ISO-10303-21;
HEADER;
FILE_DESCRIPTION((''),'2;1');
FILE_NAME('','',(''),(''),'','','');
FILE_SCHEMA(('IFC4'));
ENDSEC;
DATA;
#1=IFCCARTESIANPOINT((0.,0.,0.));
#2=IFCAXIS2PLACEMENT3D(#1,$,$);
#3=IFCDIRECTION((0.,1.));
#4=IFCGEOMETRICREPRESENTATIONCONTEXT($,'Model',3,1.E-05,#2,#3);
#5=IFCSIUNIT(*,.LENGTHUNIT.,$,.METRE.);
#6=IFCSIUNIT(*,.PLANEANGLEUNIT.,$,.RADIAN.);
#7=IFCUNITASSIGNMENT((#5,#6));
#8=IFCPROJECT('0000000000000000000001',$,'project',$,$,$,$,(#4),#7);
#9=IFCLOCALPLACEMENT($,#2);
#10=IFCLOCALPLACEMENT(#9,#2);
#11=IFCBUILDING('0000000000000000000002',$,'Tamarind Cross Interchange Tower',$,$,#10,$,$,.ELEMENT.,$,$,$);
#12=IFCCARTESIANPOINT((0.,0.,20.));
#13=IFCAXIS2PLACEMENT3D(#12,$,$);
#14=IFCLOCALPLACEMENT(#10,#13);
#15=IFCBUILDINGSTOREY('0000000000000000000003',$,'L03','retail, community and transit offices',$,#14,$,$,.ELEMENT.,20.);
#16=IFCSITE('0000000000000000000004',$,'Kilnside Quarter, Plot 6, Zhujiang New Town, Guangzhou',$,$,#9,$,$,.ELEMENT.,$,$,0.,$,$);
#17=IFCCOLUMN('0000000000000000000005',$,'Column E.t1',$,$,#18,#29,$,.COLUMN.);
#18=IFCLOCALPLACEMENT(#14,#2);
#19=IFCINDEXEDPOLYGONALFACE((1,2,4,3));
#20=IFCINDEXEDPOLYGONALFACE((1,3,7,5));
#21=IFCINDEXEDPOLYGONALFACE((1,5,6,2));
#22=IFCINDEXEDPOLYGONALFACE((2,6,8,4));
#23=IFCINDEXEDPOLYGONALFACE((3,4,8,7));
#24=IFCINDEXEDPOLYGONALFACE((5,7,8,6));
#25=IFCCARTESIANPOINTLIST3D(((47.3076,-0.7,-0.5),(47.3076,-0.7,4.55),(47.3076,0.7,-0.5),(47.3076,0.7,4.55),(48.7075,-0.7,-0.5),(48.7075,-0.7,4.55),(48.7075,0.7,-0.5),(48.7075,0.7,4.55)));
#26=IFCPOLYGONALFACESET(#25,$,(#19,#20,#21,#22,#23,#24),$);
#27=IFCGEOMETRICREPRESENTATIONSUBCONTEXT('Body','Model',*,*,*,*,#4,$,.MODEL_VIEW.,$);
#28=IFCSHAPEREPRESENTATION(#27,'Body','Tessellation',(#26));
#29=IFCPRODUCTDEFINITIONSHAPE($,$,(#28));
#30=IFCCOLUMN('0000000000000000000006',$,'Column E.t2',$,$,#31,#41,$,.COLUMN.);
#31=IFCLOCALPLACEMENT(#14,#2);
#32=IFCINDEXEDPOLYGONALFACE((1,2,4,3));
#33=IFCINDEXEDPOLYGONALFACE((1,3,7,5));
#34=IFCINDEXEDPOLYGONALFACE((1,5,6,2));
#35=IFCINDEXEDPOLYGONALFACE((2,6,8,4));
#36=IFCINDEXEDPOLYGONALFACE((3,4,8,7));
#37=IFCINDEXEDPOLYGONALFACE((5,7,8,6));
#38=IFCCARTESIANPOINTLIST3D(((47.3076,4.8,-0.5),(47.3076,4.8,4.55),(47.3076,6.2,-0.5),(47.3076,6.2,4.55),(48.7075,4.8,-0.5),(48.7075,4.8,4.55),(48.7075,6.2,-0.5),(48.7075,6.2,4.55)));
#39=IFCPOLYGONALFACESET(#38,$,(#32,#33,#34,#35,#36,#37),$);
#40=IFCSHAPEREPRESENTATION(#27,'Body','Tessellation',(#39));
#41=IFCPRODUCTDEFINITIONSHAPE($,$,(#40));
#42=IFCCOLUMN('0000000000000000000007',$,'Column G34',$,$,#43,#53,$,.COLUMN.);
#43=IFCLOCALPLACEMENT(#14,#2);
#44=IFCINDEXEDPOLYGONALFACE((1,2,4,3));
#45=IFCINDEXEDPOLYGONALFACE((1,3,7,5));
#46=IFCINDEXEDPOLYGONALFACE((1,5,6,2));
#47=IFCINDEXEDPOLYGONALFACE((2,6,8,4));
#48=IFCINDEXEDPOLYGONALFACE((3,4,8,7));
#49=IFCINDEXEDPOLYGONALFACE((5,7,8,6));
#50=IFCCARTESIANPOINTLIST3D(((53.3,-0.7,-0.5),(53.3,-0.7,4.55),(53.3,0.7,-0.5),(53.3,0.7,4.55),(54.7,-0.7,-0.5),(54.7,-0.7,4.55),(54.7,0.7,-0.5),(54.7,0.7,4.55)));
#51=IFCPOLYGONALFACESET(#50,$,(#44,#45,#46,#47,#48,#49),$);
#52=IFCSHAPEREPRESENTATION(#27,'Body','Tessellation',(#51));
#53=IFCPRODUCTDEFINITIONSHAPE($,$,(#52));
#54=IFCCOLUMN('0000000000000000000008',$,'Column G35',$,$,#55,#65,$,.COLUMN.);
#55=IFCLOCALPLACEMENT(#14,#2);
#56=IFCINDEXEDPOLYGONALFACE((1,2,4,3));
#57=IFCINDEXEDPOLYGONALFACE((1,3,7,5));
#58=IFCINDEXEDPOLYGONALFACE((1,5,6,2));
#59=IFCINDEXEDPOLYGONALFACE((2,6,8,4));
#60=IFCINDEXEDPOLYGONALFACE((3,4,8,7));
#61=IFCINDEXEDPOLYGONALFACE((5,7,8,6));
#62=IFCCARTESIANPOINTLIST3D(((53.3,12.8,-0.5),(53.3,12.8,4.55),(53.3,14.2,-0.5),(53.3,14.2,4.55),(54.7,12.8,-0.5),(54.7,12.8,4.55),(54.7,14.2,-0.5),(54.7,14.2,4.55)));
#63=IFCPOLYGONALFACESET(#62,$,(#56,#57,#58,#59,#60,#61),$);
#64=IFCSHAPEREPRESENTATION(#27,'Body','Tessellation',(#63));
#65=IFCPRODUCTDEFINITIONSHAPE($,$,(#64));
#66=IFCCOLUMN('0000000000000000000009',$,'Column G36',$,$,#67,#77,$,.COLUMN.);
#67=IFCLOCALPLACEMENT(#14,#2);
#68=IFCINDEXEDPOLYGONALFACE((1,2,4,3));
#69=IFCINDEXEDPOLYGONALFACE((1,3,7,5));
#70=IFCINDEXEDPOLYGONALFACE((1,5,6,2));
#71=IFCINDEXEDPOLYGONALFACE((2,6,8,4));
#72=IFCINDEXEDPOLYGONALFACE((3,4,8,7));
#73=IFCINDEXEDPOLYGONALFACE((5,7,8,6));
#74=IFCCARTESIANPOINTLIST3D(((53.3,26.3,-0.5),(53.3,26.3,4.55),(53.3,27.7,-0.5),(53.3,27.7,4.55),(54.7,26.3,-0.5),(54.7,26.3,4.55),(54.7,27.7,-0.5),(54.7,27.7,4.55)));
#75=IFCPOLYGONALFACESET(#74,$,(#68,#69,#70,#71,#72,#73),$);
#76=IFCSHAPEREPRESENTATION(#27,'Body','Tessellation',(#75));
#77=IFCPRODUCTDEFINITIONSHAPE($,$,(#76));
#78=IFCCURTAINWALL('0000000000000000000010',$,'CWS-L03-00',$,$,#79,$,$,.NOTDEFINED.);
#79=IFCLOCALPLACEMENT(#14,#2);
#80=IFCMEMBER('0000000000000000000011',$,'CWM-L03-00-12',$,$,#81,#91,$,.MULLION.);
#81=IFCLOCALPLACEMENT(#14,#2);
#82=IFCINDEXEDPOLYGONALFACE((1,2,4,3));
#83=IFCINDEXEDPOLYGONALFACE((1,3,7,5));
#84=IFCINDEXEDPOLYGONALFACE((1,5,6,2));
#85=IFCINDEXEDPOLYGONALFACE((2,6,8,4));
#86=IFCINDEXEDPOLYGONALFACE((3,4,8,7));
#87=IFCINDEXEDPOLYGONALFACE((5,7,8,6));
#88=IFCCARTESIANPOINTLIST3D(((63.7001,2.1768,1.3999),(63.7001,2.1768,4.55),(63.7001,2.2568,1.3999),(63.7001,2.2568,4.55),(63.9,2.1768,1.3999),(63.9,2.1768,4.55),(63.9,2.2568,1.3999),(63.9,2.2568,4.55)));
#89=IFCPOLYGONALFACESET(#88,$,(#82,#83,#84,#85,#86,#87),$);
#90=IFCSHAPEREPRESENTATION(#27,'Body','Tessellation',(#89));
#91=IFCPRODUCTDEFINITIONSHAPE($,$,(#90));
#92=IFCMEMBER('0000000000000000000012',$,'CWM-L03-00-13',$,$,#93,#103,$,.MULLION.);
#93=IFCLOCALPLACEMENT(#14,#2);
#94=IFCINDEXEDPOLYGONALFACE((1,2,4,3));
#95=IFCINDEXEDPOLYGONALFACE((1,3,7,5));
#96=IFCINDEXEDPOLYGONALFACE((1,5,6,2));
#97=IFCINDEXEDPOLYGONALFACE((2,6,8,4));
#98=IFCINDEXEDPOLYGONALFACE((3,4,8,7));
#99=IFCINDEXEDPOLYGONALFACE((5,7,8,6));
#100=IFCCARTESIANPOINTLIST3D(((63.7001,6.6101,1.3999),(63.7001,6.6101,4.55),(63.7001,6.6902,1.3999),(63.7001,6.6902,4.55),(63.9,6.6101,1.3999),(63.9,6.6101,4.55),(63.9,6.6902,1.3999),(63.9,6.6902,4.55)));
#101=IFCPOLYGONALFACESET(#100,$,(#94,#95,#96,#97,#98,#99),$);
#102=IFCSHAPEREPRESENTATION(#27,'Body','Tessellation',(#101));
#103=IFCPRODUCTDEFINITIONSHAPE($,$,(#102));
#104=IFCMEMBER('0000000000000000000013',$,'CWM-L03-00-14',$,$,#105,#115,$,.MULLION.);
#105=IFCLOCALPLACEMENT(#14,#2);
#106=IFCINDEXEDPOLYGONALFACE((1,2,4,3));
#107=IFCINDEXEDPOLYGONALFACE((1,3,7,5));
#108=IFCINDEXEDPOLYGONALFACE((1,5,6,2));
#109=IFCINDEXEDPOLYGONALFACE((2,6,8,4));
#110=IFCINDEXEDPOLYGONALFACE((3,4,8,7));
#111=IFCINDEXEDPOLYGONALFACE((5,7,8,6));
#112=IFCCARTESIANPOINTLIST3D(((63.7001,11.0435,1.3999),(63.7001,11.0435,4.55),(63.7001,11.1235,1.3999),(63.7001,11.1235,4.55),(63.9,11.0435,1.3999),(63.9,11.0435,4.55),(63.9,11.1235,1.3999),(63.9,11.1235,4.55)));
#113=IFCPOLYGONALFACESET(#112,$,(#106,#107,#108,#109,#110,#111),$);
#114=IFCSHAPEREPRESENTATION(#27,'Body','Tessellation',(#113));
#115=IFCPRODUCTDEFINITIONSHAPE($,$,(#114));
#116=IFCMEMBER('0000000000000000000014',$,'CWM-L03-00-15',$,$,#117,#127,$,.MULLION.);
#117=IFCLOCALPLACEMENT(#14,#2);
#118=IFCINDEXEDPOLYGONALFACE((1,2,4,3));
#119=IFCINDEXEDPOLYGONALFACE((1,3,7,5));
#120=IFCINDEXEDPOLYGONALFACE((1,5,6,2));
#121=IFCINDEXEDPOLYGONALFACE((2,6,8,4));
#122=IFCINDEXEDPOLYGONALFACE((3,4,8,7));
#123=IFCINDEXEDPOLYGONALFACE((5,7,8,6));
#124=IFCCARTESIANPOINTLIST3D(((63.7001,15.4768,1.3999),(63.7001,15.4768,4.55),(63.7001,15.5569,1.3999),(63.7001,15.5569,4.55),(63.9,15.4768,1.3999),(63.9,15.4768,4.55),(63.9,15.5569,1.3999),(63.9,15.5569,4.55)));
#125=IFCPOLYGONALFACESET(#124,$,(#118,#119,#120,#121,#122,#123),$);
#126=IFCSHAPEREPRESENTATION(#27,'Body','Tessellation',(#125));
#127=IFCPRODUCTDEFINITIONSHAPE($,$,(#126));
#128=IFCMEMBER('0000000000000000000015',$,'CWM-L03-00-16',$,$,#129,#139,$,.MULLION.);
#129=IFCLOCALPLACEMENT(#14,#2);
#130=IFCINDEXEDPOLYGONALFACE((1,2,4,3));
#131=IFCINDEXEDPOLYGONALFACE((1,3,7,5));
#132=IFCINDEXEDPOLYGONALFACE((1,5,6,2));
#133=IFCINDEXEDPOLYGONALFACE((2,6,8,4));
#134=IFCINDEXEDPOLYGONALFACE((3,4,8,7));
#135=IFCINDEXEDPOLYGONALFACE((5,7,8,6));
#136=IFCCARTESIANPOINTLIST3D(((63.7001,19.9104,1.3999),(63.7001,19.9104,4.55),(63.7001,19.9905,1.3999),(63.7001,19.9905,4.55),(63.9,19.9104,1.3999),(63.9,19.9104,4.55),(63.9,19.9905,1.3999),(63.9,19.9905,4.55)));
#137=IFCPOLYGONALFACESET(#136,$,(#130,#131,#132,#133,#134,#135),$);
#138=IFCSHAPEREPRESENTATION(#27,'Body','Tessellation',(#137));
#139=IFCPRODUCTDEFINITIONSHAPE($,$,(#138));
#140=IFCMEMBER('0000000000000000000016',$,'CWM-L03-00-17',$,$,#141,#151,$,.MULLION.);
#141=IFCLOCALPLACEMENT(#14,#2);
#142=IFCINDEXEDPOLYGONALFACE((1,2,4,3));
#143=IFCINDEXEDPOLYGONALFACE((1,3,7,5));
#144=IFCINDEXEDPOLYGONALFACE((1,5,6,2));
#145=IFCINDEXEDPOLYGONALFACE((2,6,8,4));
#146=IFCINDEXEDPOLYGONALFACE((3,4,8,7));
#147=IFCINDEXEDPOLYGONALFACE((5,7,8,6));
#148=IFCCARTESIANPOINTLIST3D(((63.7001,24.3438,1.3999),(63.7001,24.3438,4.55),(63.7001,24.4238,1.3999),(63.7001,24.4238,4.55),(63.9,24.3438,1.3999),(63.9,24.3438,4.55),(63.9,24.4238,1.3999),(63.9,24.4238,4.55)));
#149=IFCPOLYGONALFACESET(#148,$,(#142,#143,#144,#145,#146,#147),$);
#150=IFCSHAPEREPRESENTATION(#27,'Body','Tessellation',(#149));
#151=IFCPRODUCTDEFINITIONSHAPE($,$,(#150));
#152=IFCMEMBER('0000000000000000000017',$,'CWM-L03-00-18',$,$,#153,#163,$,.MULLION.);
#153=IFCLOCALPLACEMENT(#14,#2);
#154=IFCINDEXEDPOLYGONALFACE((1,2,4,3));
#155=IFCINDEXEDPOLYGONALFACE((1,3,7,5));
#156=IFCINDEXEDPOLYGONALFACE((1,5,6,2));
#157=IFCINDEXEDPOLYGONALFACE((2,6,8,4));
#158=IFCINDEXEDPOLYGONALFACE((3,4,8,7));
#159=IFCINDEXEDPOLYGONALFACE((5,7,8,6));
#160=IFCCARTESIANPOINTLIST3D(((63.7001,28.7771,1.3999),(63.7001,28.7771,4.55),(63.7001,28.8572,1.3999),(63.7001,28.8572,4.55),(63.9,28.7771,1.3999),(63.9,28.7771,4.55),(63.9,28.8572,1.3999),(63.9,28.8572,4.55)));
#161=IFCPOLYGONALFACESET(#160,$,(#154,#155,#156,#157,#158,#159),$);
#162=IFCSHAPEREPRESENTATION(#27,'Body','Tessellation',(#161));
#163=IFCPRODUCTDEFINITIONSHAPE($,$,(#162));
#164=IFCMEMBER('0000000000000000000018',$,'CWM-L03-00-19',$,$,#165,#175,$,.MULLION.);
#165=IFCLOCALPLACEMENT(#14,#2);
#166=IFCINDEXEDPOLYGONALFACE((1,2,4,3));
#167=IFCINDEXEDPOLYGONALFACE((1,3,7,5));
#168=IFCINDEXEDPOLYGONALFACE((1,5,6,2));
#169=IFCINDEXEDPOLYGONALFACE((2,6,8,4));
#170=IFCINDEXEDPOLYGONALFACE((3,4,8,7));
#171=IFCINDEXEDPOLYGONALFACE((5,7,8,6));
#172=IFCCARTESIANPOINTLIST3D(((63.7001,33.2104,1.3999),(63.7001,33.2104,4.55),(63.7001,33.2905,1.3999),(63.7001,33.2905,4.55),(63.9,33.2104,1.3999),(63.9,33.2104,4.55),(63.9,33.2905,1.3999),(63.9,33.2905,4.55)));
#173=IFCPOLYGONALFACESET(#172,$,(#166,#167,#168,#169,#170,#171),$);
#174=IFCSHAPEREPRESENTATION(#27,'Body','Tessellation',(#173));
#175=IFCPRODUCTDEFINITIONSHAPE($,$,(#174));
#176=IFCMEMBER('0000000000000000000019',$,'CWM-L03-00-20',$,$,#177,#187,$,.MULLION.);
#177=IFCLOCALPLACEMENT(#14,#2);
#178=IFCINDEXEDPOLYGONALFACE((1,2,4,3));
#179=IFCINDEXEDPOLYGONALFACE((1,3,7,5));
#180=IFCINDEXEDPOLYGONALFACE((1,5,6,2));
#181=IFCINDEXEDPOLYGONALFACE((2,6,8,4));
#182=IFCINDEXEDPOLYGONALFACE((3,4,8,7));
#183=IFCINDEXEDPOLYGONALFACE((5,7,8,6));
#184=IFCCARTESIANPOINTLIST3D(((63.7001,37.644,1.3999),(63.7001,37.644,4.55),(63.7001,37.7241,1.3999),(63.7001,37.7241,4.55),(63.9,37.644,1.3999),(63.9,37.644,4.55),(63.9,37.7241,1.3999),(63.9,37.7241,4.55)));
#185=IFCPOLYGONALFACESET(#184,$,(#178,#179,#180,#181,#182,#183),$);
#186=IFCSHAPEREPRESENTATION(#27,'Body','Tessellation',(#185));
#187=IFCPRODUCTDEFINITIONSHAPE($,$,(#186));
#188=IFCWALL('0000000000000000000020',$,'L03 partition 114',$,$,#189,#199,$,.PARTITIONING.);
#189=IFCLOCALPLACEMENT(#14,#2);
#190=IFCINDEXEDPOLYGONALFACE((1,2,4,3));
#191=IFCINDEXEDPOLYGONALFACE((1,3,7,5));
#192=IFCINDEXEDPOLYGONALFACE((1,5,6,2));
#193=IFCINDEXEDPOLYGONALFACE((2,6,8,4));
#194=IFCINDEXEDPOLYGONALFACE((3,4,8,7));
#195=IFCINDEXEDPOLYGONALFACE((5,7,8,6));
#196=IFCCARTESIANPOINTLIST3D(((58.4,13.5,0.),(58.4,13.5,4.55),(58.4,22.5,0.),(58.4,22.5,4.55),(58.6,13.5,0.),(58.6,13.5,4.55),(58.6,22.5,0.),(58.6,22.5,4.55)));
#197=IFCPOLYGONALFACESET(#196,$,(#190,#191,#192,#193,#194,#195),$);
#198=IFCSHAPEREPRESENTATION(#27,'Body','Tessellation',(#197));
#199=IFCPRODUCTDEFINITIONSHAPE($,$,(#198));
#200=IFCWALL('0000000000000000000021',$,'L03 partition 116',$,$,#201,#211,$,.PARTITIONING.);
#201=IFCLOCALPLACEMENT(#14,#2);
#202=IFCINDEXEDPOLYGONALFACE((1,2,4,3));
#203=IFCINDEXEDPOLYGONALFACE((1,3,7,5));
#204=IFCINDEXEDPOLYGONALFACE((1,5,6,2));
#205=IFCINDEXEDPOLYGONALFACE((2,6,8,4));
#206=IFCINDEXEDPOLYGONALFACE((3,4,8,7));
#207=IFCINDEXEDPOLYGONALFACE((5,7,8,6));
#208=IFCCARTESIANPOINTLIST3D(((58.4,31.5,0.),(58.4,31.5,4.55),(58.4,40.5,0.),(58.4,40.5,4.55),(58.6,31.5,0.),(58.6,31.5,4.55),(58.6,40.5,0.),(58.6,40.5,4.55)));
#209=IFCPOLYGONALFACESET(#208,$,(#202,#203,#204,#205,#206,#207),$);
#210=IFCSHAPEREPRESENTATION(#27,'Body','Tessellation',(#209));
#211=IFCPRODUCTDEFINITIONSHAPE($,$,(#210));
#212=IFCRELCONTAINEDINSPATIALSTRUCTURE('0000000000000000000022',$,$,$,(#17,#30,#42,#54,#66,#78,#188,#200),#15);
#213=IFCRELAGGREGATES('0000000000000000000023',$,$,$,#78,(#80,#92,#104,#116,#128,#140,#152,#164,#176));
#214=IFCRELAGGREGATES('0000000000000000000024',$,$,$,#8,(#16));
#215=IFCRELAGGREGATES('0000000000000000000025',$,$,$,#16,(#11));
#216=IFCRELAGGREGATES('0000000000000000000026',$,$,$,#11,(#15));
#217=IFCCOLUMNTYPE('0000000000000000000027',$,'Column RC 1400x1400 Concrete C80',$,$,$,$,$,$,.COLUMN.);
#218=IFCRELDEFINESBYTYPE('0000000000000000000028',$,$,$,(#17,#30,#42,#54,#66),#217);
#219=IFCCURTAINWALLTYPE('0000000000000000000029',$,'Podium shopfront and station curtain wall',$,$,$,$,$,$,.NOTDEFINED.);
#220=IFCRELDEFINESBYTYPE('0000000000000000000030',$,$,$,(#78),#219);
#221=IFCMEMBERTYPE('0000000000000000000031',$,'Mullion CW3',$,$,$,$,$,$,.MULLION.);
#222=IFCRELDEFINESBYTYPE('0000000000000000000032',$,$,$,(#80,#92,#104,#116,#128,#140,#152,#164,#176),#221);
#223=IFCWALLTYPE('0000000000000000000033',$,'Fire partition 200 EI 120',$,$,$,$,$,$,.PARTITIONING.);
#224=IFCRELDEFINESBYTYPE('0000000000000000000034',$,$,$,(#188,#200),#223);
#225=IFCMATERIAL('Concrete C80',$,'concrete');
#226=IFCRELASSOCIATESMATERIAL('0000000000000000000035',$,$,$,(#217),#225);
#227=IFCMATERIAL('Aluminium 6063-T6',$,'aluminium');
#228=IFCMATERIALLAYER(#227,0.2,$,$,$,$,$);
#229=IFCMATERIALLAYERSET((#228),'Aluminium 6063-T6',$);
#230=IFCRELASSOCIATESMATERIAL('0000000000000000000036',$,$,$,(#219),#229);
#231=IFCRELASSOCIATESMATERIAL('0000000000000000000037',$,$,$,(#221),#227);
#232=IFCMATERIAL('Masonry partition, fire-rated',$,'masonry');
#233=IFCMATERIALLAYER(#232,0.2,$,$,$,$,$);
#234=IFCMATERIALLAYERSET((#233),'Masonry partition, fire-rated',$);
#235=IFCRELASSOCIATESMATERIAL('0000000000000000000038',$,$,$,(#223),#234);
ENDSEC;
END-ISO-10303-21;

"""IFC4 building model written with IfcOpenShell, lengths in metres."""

from ifc_helpers import new_model, si_unit, direction, frame, frame_2d, origin, origin_2d, place, context, subcontext, project, spatial, rectangle, extrude, material, layer, layer_set, material_profile, profile_set, type_object, element, aggregate, save


model = new_model("IFC4")

# Units and contexts
model_context = context("Model", 3, precision=1e-05, world=origin(), true_north=direction((0.0, 1.0)))
body_context = subcontext(model_context, "Body", "Model", "MODEL_VIEW")
ifc_project = project(units=[si_unit("LENGTHUNIT", "METRE"), si_unit("PLANEANGLEUNIT", "RADIAN")], contexts=[model_context])

# Site, building, storey
site_placement = place(None, origin())
site = spatial("IfcSite", under=ifc_project, at=site_placement, Name="Kilnside Quarter, Plot 6, Zhujiang New Town, Guangzhou", CompositionType="ELEMENT", RefElevation=0.0)
building_placement = place(site_placement, origin())
building = spatial("IfcBuilding", under=site, at=building_placement, Name="Tamarind Cross Interchange Tower", CompositionType="ELEMENT")
storey_placement = place(building_placement, frame((0.0, 0.0, 20.0)))
storey = spatial("IfcBuildingStorey", under=building, at=storey_placement, Name="L03", Description="retail, community and transit offices", CompositionType="ELEMENT", Elevation=20.0)

# Columns
ifc_material_1 = material(Name="Concrete C80", Category="concrete")
ifc_material_profile_1 = material_profile(ifc_material_1, rectangle(XDim=1.3999, YDim=1.3999, at=origin_2d()), Name="RC 1400x1400")
ifc_profile_set_1 = profile_set([ifc_material_profile_1], Name="Concrete C80")
column_type = type_object("IfcColumnType", Name="Column RC 1400x1400 Concrete C80", PredefinedType="COLUMN", material=ifc_profile_set_1)
for number, where, z_axis, x_axis, name in (
    (1, (48.0076, 0.0, -0.5), (0.0, 0.0, 1.0), (1.0, 0.0, 0.0), "Column E.t1"),
    (2, (48.0076, 5.5, -0.5), (0.0, 0.0, 1.0), (1.0, 0.0, 0.0), "Column E.t2"),
    (3, (54.0, 0.0, -0.5), (0.0, 0.0, 1.0), (1.0, 0.0, 0.0), "Column G34"),
    (4, (54.0, 13.5, -0.5), (0.0, 0.0, 1.0), (1.0, 0.0, 0.0), "Column G35"),
    (5, (54.0, 27.0, -0.5), (0.0, 0.0, 1.0), (1.0, 0.0, 0.0), "Column G36"),
):
    element("IfcColumn", number, at=place(storey_placement, frame(where, z_axis=z_axis, x_axis=x_axis)), inside=storey, type_object=column_type, Name=name, PredefinedType="COLUMN", context=body_context, shape_type="SweptSolid", body=[
        extrude(rectangle(XDim=1.3999, YDim=1.3999, at=origin_2d()), origin(), (0.0, 0.0, 1.0), 5.05),
    ])

# Curtain wall, members
ifc_material_2 = material(Name="Aluminium 6063-T6", Category="aluminium")
ifc_layer_1 = layer(ifc_material_2, 0.2)
ifc_layer_set_1 = layer_set([ifc_layer_1], Name="Aluminium 6063-T6")
curtain_wall_type = type_object("IfcCurtainWallType", Name="Podium shopfront and station curtain wall", PredefinedType="NOTDEFINED", material=ifc_layer_set_1)
curtain_wall_placement = place(storey_placement, origin())
curtain_wall = element("IfcCurtainWall", 6, at=curtain_wall_placement, inside=storey, type_object=curtain_wall_type, Name="CWS-L03-00", PredefinedType="NOTDEFINED")
ifc_material_profile_2 = material_profile(ifc_material_2, rectangle(XDim=0.0801, YDim=0.2, at=origin_2d()), Name="Mullion CW3")
ifc_profile_set_2 = profile_set([ifc_material_profile_2], Name="Aluminium 6063-T6")
member_type = type_object("IfcMemberType", Name="Mullion CW3", PredefinedType="MULLION", material=ifc_profile_set_2)
member_1_placement = place(storey_placement, frame((63.8, 2.2168, 1.3999), z_axis=(0.0, 0.0, 1.0), x_axis=(0.0, 1.0, 0.0)))
member_1 = element("IfcMember", 7, at=member_1_placement, type_object=member_type, Name="CWM-L03-00-12", PredefinedType="MULLION", context=body_context, shape_type="SweptSolid", body=[
    extrude(rectangle(XDim=0.0801, YDim=0.2, at=origin_2d()), origin(), (0.0, 0.0, 1.0), 3.1501),
])
member_2_placement = place(storey_placement, frame((63.8, 6.6501, 1.3999), z_axis=(0.0, 0.0, 1.0), x_axis=(0.0, 1.0, 0.0)))
member_2 = element("IfcMember", 8, at=member_2_placement, type_object=member_type, Name="CWM-L03-00-13", PredefinedType="MULLION", context=body_context, shape_type="SweptSolid", body=[
    extrude(rectangle(XDim=0.0801, YDim=0.2, at=origin_2d()), origin(), (0.0, 0.0, 1.0), 3.1501),
])
member_3_placement = place(storey_placement, frame((63.8, 11.0835, 1.3999), z_axis=(0.0, 0.0, 1.0), x_axis=(0.0, 1.0, 0.0)))
member_3 = element("IfcMember", 9, at=member_3_placement, type_object=member_type, Name="CWM-L03-00-14", PredefinedType="MULLION", context=body_context, shape_type="SweptSolid", body=[
    extrude(rectangle(XDim=0.0801, YDim=0.2, at=origin_2d()), origin(), (0.0, 0.0, 1.0), 3.1501),
])
member_4_placement = place(storey_placement, frame((63.8, 15.5168, 1.3999), z_axis=(0.0, 0.0, 1.0), x_axis=(0.0, 1.0, 0.0)))
member_4 = element("IfcMember", 10, at=member_4_placement, type_object=member_type, Name="CWM-L03-00-15", PredefinedType="MULLION", context=body_context, shape_type="SweptSolid", body=[
    extrude(rectangle(XDim=0.0801, YDim=0.2, at=origin_2d()), origin(), (0.0, 0.0, 1.0), 3.1501),
])
member_5_placement = place(storey_placement, frame((63.8, 19.9504, 1.3999), z_axis=(0.0, 0.0, 1.0), x_axis=(0.0, 1.0, 0.0)))
member_5 = element("IfcMember", 11, at=member_5_placement, type_object=member_type, Name="CWM-L03-00-16", PredefinedType="MULLION", context=body_context, shape_type="SweptSolid", body=[
    extrude(rectangle(XDim=0.0801, YDim=0.2, at=origin_2d()), origin(), (0.0, 0.0, 1.0), 3.1501),
])
member_6_placement = place(storey_placement, frame((63.8, 24.3838, 1.3999), z_axis=(0.0, 0.0, 1.0), x_axis=(0.0, 1.0, 0.0)))
member_6 = element("IfcMember", 12, at=member_6_placement, type_object=member_type, Name="CWM-L03-00-17", PredefinedType="MULLION", context=body_context, shape_type="SweptSolid", body=[
    extrude(rectangle(XDim=0.0801, YDim=0.2, at=origin_2d()), origin(), (0.0, 0.0, 1.0), 3.1501),
])
member_7_placement = place(storey_placement, frame((63.8, 28.8171, 1.3999), z_axis=(0.0, 0.0, 1.0), x_axis=(0.0, 1.0, 0.0)))
member_7 = element("IfcMember", 13, at=member_7_placement, type_object=member_type, Name="CWM-L03-00-18", PredefinedType="MULLION", context=body_context, shape_type="SweptSolid", body=[
    extrude(rectangle(XDim=0.0801, YDim=0.2, at=origin_2d()), origin(), (0.0, 0.0, 1.0), 3.1501),
])
member_8_placement = place(storey_placement, frame((63.8, 33.2505, 1.3999), z_axis=(0.0, 0.0, 1.0), x_axis=(0.0, 1.0, 0.0)))
member_8 = element("IfcMember", 14, at=member_8_placement, type_object=member_type, Name="CWM-L03-00-19", PredefinedType="MULLION", context=body_context, shape_type="SweptSolid", body=[
    extrude(rectangle(XDim=0.0801, YDim=0.2, at=origin_2d()), origin(), (0.0, 0.0, 1.0), 3.1501),
])
member_9_placement = place(storey_placement, frame((63.8, 37.6841, 1.3999), z_axis=(0.0, 0.0, 1.0), x_axis=(0.0, 1.0, 0.0)))
member_9 = element("IfcMember", 15, at=member_9_placement, type_object=member_type, Name="CWM-L03-00-20", PredefinedType="MULLION", context=body_context, shape_type="SweptSolid", body=[
    extrude(rectangle(XDim=0.0801, YDim=0.2, at=origin_2d()), origin(), (0.0, 0.0, 1.0), 3.1501),
])
aggregate(curtain_wall, [member_1, member_2, member_3, member_4, member_5, member_6, member_7, member_8, member_9])

# Walls
ifc_material_3 = material(Name="Masonry partition, fire-rated", Category="masonry")
ifc_layer_2 = layer(ifc_material_3, 0.2)
ifc_layer_set_2 = layer_set([ifc_layer_2], Name="Masonry partition, fire-rated")
wall_type_1 = type_object("IfcWallType", Name="Fire partition 200 EI 120", PredefinedType="PARTITIONING", material=ifc_layer_set_2)
for number, where, z_axis, x_axis, name in (
    (16, (58.5, 13.5, 0.0), (0.0, 0.0, 1.0), (0.0, 1.0, 0.0), "L03 partition 114"),
    (17, (58.5, 31.5, 0.0), (0.0, 0.0, 1.0), (0.0, 1.0, 0.0), "L03 partition 116"),
):
    element("IfcWall", number, at=place(storey_placement, frame(where, z_axis=z_axis, x_axis=x_axis)), inside=storey, type_object=wall_type_1, Name=name, PredefinedType="PARTITIONING", context=body_context, shape_type="SweptSolid", body=[
        extrude(rectangle(XDim=9.0, YDim=0.2, at=frame_2d((4.5, 0.0))), origin(), (0.0, 0.0, 1.0), 4.55),
    ])

save(model, "model.ifc")
